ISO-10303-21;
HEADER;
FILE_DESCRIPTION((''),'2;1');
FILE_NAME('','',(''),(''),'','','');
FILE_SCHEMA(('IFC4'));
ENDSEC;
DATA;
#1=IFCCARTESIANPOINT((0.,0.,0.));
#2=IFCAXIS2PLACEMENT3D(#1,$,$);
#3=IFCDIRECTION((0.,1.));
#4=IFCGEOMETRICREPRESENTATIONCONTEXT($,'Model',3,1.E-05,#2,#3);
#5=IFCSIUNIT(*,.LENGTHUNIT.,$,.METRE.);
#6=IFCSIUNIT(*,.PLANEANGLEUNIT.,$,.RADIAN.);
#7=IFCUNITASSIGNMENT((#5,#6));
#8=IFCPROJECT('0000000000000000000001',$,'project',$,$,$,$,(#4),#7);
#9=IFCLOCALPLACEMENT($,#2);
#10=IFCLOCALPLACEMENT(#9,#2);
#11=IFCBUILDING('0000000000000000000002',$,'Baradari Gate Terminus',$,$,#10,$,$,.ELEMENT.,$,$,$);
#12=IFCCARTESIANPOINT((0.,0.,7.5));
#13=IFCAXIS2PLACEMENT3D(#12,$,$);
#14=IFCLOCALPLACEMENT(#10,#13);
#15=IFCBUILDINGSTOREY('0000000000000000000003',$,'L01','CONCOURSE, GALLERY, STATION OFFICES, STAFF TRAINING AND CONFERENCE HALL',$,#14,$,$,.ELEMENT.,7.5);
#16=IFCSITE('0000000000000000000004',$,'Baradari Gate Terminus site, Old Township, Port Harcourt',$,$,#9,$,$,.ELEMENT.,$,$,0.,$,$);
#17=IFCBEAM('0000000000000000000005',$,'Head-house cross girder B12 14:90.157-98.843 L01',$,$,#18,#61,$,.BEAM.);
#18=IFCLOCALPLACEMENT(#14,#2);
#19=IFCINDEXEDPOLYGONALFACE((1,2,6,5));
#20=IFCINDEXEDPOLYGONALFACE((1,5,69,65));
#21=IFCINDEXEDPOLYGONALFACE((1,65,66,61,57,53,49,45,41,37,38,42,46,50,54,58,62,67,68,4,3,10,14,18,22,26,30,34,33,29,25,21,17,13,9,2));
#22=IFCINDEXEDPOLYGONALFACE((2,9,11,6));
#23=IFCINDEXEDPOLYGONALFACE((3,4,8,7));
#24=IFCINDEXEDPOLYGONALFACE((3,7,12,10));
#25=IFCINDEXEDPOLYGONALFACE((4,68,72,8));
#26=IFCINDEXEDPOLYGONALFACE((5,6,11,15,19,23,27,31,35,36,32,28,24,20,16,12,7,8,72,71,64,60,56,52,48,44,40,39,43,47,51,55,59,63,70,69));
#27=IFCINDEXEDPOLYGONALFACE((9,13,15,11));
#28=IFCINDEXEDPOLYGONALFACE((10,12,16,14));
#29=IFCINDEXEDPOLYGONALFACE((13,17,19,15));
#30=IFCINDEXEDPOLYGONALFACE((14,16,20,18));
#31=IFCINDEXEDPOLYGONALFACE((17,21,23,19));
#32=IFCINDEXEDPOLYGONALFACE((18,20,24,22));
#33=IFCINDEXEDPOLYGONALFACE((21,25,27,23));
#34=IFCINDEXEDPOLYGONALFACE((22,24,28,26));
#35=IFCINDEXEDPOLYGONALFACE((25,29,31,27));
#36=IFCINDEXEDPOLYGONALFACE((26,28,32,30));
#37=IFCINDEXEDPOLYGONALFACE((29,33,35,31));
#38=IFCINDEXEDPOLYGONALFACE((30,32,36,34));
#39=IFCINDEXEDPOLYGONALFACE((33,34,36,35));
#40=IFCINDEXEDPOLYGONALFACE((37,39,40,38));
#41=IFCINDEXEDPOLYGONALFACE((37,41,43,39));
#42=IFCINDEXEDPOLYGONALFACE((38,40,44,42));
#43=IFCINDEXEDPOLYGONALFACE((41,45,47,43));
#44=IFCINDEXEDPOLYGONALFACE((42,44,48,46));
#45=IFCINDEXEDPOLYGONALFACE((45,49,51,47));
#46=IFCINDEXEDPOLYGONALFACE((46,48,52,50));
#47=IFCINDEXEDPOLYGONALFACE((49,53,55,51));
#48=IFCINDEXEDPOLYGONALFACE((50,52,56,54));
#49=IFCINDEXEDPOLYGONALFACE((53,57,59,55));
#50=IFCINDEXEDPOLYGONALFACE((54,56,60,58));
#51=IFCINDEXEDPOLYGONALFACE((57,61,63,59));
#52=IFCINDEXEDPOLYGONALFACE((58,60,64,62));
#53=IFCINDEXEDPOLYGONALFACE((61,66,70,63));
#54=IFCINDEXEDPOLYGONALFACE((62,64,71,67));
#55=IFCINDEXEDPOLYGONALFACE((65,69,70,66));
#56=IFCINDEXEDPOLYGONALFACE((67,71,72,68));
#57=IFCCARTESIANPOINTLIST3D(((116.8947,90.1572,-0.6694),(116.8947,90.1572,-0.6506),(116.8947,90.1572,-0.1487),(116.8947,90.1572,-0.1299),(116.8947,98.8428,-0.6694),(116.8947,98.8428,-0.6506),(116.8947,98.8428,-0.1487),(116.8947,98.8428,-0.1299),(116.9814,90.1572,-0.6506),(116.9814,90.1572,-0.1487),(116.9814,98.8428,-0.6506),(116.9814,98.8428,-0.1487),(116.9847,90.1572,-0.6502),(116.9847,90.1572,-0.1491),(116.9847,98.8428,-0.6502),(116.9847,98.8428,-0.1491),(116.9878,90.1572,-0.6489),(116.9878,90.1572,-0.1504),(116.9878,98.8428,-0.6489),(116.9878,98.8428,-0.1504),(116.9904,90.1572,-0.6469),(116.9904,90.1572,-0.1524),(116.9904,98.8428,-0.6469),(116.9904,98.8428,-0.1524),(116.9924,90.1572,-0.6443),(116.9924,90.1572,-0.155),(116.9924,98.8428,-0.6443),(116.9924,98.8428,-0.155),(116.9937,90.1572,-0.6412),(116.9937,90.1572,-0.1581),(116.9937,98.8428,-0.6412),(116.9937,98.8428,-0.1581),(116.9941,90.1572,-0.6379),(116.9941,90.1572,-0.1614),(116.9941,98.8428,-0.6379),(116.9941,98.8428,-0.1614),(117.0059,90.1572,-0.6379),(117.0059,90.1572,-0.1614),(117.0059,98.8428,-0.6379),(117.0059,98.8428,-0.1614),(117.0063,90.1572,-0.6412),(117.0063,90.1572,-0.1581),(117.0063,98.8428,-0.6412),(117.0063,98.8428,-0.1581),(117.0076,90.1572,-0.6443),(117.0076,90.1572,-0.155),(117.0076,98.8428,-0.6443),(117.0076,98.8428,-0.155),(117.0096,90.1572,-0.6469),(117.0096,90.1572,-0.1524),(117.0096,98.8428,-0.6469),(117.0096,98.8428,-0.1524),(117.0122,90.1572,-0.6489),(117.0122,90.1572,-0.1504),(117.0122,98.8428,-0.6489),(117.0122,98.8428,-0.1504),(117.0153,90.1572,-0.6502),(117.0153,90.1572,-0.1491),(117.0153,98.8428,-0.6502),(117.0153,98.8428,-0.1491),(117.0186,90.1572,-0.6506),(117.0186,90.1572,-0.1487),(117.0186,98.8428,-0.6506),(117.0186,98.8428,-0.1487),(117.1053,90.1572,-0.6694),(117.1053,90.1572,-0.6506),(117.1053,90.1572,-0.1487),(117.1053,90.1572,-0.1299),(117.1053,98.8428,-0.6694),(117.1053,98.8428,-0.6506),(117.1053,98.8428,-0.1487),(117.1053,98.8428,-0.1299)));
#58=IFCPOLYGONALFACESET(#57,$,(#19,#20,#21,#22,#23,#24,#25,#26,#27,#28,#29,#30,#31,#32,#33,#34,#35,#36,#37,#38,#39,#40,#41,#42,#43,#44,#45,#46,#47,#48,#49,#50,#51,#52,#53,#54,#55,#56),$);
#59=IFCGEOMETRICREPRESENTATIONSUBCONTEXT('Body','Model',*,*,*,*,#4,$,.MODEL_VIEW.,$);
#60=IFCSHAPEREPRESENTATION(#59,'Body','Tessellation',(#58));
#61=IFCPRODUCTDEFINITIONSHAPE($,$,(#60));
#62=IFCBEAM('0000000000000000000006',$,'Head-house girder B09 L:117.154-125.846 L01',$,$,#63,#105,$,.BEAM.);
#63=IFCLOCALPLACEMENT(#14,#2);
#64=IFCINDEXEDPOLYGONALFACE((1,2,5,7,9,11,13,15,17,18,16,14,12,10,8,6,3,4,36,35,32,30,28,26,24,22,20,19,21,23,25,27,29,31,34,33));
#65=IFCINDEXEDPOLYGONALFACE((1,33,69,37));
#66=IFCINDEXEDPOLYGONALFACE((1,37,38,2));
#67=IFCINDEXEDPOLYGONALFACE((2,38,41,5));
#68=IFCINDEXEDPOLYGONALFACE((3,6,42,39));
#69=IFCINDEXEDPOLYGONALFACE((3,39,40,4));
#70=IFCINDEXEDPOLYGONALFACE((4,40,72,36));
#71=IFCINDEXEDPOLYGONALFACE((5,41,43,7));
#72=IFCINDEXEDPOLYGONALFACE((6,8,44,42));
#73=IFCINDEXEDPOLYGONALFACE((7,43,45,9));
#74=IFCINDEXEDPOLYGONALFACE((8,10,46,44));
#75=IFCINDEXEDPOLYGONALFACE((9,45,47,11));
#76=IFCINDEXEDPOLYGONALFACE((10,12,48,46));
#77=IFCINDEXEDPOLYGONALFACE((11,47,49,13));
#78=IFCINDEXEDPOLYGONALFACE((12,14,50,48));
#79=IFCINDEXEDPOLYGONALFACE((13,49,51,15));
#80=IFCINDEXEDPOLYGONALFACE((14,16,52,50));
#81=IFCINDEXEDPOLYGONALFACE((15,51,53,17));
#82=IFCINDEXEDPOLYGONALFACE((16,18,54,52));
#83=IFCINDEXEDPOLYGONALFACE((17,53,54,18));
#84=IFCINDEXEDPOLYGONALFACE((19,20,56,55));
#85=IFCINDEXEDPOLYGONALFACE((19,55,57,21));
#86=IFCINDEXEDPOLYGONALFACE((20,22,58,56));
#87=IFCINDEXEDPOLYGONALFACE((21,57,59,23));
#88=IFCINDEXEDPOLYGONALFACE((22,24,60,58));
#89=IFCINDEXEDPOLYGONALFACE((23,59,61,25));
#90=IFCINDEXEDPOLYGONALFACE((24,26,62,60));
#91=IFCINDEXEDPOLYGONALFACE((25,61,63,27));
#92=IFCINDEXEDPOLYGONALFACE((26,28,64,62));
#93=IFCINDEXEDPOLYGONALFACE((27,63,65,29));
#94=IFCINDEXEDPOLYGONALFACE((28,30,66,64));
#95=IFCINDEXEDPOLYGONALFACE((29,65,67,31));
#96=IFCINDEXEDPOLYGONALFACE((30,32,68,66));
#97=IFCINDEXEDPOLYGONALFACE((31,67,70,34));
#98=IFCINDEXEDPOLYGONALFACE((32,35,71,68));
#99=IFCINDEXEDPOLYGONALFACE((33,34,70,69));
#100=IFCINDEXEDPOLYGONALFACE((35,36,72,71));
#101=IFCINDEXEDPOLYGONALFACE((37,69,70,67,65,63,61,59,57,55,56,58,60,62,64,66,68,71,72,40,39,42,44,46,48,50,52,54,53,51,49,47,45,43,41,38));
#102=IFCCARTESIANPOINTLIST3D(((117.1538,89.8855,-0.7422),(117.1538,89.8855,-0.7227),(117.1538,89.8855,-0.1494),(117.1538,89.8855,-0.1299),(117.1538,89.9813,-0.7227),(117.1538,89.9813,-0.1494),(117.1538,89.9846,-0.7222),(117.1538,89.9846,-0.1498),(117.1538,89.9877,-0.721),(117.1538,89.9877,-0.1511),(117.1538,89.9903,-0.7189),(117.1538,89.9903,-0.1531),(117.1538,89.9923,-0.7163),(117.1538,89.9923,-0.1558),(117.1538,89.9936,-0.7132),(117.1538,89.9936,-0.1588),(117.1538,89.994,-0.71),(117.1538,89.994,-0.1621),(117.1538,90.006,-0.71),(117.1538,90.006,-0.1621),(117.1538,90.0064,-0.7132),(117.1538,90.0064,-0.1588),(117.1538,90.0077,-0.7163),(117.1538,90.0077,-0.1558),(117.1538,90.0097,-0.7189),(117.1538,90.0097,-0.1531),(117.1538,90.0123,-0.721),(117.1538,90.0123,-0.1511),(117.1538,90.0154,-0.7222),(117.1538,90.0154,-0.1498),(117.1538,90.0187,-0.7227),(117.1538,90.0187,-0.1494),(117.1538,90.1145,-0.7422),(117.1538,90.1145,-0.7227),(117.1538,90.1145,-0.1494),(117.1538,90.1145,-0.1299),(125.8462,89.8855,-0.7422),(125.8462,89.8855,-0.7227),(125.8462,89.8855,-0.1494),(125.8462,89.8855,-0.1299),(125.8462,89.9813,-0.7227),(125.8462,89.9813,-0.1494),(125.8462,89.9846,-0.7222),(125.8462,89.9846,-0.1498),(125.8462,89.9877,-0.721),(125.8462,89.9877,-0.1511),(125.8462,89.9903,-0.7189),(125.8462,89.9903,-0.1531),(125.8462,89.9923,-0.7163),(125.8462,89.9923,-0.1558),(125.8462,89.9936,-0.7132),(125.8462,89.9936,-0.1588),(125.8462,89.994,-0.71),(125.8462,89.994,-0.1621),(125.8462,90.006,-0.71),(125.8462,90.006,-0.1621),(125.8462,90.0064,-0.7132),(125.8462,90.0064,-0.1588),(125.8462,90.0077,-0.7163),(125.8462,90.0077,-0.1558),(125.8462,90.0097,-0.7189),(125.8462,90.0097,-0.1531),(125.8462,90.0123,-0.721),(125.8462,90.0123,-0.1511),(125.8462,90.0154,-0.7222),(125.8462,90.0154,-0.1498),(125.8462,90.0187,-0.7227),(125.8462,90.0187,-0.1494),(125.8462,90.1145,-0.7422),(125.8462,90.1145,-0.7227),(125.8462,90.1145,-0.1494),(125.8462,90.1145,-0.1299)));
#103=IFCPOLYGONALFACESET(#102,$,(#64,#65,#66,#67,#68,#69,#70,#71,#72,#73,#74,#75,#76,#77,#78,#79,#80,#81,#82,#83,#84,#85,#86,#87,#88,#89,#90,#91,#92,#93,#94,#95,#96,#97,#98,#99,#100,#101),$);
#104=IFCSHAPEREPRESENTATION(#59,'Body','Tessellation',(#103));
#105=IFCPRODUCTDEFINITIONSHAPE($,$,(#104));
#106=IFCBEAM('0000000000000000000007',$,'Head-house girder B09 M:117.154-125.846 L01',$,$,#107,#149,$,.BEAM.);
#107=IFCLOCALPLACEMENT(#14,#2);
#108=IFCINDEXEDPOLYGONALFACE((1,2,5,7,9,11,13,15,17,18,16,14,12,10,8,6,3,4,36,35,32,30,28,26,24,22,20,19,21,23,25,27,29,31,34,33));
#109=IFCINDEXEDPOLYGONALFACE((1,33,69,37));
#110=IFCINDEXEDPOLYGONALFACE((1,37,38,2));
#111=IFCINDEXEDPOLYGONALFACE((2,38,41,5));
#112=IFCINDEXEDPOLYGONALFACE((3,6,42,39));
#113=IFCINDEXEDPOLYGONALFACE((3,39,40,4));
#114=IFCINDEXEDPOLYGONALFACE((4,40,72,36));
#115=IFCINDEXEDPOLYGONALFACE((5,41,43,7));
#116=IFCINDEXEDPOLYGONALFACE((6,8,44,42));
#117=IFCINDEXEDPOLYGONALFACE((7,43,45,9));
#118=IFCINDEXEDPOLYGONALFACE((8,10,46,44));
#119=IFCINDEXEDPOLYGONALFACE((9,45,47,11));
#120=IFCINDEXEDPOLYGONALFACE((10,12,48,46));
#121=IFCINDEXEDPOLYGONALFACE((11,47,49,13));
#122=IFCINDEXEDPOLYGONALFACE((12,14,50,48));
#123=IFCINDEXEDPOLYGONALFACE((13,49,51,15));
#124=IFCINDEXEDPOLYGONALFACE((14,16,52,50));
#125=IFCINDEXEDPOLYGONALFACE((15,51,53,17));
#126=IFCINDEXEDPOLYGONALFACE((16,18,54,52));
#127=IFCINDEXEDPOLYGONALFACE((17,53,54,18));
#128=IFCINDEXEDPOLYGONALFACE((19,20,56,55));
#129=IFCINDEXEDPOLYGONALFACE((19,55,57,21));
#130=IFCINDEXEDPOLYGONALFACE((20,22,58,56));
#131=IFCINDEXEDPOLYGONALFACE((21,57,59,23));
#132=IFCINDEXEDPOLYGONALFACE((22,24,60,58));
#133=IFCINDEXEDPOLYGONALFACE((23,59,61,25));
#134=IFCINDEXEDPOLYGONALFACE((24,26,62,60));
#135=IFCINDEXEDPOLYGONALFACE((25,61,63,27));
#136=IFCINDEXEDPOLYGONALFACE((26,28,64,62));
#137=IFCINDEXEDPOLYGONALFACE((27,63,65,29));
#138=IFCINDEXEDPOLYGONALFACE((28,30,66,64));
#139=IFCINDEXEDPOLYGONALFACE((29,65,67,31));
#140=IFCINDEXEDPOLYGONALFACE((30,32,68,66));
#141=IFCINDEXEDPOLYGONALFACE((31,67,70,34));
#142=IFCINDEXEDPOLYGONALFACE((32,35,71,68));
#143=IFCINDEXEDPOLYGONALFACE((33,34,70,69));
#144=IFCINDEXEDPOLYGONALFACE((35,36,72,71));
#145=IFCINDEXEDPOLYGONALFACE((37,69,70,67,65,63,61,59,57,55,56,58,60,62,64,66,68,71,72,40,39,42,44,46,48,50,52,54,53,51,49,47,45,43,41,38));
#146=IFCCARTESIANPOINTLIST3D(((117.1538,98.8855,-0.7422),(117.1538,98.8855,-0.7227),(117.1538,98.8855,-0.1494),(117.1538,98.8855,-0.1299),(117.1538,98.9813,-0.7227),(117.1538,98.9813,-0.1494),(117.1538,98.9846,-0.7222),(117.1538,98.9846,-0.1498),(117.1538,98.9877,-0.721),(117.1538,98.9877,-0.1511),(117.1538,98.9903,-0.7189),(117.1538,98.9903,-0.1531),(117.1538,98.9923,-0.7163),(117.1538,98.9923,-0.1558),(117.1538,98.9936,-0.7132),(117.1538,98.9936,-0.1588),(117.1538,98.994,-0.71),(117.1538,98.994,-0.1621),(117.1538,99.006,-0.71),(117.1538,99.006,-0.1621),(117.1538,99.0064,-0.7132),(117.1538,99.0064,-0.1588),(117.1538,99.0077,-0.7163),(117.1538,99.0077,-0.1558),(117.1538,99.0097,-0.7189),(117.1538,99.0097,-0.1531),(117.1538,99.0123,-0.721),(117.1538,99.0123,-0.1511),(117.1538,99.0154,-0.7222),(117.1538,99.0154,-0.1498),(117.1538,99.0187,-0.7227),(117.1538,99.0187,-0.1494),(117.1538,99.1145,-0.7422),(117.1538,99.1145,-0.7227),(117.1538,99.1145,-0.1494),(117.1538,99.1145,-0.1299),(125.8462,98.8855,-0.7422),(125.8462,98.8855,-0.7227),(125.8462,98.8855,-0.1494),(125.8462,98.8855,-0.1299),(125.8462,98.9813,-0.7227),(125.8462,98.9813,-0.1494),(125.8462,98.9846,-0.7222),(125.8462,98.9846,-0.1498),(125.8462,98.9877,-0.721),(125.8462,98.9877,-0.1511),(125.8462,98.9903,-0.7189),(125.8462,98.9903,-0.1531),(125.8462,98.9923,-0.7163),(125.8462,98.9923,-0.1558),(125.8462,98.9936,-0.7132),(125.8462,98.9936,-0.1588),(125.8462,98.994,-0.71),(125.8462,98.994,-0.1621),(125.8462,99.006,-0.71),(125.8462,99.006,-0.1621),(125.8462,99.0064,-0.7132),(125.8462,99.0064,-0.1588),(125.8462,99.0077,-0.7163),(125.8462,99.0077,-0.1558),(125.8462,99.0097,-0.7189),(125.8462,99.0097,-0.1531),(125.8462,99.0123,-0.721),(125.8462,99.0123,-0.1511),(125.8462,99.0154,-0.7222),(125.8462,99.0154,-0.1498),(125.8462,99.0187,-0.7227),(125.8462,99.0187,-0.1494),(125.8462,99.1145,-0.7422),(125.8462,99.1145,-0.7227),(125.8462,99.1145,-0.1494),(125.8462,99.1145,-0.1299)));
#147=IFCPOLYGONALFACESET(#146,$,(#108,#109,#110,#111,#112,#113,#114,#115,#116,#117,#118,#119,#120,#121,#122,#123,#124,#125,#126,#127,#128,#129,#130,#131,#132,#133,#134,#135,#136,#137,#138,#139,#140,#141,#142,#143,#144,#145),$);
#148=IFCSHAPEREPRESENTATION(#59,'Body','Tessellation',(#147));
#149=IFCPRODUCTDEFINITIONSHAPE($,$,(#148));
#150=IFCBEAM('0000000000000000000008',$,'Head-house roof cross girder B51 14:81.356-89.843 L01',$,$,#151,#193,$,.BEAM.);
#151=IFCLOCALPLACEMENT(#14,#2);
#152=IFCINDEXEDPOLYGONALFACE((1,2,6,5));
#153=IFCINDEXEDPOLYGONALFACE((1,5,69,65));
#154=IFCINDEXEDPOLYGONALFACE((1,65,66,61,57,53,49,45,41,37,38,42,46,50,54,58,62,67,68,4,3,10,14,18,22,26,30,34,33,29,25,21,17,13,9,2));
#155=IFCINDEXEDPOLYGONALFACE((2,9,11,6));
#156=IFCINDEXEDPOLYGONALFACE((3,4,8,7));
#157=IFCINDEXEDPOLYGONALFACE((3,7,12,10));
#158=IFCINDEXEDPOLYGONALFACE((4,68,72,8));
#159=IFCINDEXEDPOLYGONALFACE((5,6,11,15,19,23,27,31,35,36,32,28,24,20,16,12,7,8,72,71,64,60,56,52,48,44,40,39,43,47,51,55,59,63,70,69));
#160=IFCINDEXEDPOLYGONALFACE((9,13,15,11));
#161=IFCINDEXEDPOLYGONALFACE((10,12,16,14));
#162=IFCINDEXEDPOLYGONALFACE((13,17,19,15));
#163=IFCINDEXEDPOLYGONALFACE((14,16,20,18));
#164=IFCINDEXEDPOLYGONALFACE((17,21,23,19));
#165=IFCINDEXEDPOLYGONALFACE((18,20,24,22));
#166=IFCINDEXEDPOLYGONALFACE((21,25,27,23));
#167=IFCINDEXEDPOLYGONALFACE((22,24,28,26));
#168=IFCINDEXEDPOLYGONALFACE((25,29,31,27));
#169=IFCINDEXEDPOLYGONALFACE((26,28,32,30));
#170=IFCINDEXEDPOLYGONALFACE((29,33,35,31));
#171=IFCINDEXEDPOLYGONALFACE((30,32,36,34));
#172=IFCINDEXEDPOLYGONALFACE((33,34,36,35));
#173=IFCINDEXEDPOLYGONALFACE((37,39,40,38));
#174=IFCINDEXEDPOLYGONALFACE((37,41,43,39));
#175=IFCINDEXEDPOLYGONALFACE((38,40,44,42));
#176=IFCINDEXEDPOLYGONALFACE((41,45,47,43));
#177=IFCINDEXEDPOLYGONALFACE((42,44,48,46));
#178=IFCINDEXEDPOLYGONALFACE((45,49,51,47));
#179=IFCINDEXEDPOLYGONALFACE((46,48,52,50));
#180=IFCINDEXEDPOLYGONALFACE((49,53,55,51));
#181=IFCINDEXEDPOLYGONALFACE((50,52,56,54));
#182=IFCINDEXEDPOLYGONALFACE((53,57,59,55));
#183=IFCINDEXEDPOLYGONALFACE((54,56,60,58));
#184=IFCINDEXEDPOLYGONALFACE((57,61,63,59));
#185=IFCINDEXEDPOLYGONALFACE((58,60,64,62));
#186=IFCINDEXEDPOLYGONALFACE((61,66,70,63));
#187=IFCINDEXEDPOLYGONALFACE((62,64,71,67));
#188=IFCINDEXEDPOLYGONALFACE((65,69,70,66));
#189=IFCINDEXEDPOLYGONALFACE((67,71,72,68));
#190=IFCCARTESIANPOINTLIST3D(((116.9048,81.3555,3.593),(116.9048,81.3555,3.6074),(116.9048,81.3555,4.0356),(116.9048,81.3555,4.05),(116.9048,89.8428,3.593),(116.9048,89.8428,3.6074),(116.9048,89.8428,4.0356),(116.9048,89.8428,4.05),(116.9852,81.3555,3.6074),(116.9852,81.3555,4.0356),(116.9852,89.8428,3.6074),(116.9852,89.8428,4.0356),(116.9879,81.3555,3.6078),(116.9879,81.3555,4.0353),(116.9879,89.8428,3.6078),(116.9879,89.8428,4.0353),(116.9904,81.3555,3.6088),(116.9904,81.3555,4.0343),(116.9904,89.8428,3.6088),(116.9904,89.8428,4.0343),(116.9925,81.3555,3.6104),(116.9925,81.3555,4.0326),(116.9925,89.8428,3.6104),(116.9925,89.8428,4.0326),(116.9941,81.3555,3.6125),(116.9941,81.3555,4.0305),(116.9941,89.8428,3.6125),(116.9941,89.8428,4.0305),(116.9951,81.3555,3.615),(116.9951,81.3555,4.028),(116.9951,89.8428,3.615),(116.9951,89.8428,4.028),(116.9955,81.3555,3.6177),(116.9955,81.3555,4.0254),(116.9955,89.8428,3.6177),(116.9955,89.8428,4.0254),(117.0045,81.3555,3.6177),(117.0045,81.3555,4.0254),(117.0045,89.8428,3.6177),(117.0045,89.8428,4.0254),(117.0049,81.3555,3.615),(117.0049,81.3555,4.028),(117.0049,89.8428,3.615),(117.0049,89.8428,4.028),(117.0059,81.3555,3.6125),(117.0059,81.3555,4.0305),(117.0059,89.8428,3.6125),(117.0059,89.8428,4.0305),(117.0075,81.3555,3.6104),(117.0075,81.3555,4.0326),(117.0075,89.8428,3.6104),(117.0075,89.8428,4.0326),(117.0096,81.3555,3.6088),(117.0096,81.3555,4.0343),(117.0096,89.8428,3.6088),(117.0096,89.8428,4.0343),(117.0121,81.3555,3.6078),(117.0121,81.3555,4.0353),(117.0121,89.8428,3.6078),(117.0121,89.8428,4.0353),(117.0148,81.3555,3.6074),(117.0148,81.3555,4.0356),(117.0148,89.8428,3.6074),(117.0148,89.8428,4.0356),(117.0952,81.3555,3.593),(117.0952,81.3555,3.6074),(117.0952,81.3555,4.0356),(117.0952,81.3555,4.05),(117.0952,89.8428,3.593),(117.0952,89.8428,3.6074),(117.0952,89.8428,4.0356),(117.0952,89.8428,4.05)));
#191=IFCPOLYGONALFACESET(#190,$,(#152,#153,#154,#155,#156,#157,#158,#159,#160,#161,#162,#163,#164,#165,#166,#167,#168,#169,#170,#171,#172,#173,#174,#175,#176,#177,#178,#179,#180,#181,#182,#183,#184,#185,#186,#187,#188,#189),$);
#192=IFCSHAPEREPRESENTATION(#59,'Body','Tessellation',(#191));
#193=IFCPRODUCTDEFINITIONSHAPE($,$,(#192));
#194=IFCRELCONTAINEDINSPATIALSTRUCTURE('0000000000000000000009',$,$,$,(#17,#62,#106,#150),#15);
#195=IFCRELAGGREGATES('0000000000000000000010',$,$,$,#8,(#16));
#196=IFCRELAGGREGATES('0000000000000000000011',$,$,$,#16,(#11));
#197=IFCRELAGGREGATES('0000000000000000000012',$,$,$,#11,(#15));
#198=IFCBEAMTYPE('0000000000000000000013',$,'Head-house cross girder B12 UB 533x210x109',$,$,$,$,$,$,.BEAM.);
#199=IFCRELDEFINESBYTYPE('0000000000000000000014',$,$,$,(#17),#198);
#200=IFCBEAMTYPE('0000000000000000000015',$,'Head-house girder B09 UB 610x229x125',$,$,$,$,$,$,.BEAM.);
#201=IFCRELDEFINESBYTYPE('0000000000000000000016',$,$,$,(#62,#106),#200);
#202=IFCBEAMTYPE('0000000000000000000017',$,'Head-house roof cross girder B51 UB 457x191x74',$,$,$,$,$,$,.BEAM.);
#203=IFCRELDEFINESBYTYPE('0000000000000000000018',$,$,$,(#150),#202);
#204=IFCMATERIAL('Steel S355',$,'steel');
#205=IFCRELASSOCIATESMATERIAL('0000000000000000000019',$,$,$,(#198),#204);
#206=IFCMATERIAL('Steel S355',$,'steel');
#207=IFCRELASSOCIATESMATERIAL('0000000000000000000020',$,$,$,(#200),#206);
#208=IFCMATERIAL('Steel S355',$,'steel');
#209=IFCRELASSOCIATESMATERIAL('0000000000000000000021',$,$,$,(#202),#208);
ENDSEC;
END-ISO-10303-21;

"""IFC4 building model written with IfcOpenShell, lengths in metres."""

from ifc_helpers import new_model, si_unit, direction, frame, origin, origin_2d, place, context, subcontext, project, spatial, i_section, extrude, material, material_profile, profile_set, type_object, element, save


model = new_model("IFC4")

# Units and contexts
model_context = context("Model", 3, precision=1e-05, world=origin(), true_north=direction((0.0, 1.0)))
body_context = subcontext(model_context, "Body", "Model", "MODEL_VIEW")
ifc_project = project(units=[si_unit("LENGTHUNIT", "METRE"), si_unit("PLANEANGLEUNIT", "RADIAN")], contexts=[model_context])

# Site, building, storey
site_placement = place(None, origin())
site = spatial("IfcSite", under=ifc_project, at=site_placement, Name="Baradari Gate Terminus site, Old Township, Port Harcourt", CompositionType="ELEMENT", RefElevation=0.0)
building_placement = place(site_placement, origin())
building = spatial("IfcBuilding", under=site, at=building_placement, Name="Baradari Gate Terminus", CompositionType="ELEMENT")
storey_placement = place(building_placement, frame((0.0, 0.0, 7.5)))
storey = spatial("IfcBuildingStorey", under=building, at=storey_placement, Name="L01", Description="CONCOURSE, GALLERY, STATION OFFICES, STAFF TRAINING AND CONFERENCE HALL", CompositionType="ELEMENT", Elevation=7.5)

# Beams
ifc_material_1 = material(Name="Steel S355", Category="steel")
ifc_material_profile_1 = material_profile(ifc_material_1, i_section(OverallWidth=0.2107, OverallDepth=0.5396, WebThickness=0.0117, FlangeThickness=0.0188, FilletRadius=0.0127, at=origin_2d()), Name="UB 533x210x109")
ifc_profile_set_1 = profile_set([ifc_material_profile_1], Name="Steel S355")
beam_type_1 = type_object("IfcBeamType", Name="Head-house cross girder B12 UB 533x210x109", PredefinedType="BEAM", material=ifc_profile_set_1)
beam_1_placement = place(storey_placement, frame((117.0, 90.1572, -0.3997), z_axis=(0.0, 1.0, 0.0), x_axis=(-1.0, 0.0, 0.0)))
element("IfcBeam", 1, at=beam_1_placement, inside=storey, type_object=beam_type_1, Name="Head-house cross girder B12 14:90.157-98.843 L01", PredefinedType="BEAM", context=body_context, shape_type="SweptSolid", body=[
    extrude(i_section(OverallWidth=0.2107, OverallDepth=0.5396, WebThickness=0.0117, FlangeThickness=0.0188, FilletRadius=0.0127, at=origin_2d()), origin(), (0.0, 0.0, 1.0), 8.6855),
])
ifc_material_2 = material(Name="Steel S355", Category="steel")
ifc_material_profile_2 = material_profile(ifc_material_2, i_section(OverallWidth=0.229, OverallDepth=0.6123, WebThickness=0.012, FlangeThickness=0.0195, FilletRadius=0.0127, at=origin_2d()), Name="UB 610x229x125")
ifc_profile_set_2 = profile_set([ifc_material_profile_2], Name="Steel S355")
beam_type_2 = type_object("IfcBeamType", Name="Head-house girder B09 UB 610x229x125", PredefinedType="BEAM", material=ifc_profile_set_2)
for number, where, z_axis, x_axis, name in (
    (2, (117.1538, 90.0, -0.436), (1.0, 0.0, 0.0), (0.0, 1.0, 0.0), "Head-house girder B09 L:117.154-125.846 L01"),
    (3, (117.1538, 99.0, -0.436), (1.0, 0.0, 0.0), (0.0, 1.0, 0.0), "Head-house girder B09 M:117.154-125.846 L01"),
):
    element("IfcBeam", number, at=place(storey_placement, frame(where, z_axis=z_axis, x_axis=x_axis)), inside=storey, type_object=beam_type_2, Name=name, PredefinedType="BEAM", context=body_context, shape_type="SweptSolid", body=[
        extrude(i_section(OverallWidth=0.229, OverallDepth=0.6123, WebThickness=0.012, FlangeThickness=0.0195, FilletRadius=0.0127, at=origin_2d()), origin(), (0.0, 0.0, 1.0), 8.6924),
    ])
ifc_material_3 = material(Name="Steel S355", Category="steel")
ifc_material_profile_3 = material_profile(ifc_material_3, i_section(OverallWidth=0.1904, OverallDepth=0.457, WebThickness=0.009, FlangeThickness=0.0144, FilletRadius=0.0103, at=origin_2d()), Name="UB 457x191x74")
ifc_profile_set_3 = profile_set([ifc_material_profile_3], Name="Steel S355")
beam_type_3 = type_object("IfcBeamType", Name="Head-house roof cross girder B51 UB 457x191x74", PredefinedType="BEAM", material=ifc_profile_set_3)
beam_2_placement = place(storey_placement, frame((117.0, 81.3555, 3.8215), z_axis=(0.0, 1.0, 0.0), x_axis=(-1.0, 0.0, 0.0)))
element("IfcBeam", 4, at=beam_2_placement, inside=storey, type_object=beam_type_3, Name="Head-house roof cross girder B51 14:81.356-89.843 L01", PredefinedType="BEAM", context=body_context, shape_type="SweptSolid", body=[
    extrude(i_section(OverallWidth=0.1904, OverallDepth=0.457, WebThickness=0.009, FlangeThickness=0.0144, FilletRadius=0.0103, at=origin_2d()), origin(), (0.0, 0.0, 1.0), 8.4873),
])

save(model, "model.ifc")
